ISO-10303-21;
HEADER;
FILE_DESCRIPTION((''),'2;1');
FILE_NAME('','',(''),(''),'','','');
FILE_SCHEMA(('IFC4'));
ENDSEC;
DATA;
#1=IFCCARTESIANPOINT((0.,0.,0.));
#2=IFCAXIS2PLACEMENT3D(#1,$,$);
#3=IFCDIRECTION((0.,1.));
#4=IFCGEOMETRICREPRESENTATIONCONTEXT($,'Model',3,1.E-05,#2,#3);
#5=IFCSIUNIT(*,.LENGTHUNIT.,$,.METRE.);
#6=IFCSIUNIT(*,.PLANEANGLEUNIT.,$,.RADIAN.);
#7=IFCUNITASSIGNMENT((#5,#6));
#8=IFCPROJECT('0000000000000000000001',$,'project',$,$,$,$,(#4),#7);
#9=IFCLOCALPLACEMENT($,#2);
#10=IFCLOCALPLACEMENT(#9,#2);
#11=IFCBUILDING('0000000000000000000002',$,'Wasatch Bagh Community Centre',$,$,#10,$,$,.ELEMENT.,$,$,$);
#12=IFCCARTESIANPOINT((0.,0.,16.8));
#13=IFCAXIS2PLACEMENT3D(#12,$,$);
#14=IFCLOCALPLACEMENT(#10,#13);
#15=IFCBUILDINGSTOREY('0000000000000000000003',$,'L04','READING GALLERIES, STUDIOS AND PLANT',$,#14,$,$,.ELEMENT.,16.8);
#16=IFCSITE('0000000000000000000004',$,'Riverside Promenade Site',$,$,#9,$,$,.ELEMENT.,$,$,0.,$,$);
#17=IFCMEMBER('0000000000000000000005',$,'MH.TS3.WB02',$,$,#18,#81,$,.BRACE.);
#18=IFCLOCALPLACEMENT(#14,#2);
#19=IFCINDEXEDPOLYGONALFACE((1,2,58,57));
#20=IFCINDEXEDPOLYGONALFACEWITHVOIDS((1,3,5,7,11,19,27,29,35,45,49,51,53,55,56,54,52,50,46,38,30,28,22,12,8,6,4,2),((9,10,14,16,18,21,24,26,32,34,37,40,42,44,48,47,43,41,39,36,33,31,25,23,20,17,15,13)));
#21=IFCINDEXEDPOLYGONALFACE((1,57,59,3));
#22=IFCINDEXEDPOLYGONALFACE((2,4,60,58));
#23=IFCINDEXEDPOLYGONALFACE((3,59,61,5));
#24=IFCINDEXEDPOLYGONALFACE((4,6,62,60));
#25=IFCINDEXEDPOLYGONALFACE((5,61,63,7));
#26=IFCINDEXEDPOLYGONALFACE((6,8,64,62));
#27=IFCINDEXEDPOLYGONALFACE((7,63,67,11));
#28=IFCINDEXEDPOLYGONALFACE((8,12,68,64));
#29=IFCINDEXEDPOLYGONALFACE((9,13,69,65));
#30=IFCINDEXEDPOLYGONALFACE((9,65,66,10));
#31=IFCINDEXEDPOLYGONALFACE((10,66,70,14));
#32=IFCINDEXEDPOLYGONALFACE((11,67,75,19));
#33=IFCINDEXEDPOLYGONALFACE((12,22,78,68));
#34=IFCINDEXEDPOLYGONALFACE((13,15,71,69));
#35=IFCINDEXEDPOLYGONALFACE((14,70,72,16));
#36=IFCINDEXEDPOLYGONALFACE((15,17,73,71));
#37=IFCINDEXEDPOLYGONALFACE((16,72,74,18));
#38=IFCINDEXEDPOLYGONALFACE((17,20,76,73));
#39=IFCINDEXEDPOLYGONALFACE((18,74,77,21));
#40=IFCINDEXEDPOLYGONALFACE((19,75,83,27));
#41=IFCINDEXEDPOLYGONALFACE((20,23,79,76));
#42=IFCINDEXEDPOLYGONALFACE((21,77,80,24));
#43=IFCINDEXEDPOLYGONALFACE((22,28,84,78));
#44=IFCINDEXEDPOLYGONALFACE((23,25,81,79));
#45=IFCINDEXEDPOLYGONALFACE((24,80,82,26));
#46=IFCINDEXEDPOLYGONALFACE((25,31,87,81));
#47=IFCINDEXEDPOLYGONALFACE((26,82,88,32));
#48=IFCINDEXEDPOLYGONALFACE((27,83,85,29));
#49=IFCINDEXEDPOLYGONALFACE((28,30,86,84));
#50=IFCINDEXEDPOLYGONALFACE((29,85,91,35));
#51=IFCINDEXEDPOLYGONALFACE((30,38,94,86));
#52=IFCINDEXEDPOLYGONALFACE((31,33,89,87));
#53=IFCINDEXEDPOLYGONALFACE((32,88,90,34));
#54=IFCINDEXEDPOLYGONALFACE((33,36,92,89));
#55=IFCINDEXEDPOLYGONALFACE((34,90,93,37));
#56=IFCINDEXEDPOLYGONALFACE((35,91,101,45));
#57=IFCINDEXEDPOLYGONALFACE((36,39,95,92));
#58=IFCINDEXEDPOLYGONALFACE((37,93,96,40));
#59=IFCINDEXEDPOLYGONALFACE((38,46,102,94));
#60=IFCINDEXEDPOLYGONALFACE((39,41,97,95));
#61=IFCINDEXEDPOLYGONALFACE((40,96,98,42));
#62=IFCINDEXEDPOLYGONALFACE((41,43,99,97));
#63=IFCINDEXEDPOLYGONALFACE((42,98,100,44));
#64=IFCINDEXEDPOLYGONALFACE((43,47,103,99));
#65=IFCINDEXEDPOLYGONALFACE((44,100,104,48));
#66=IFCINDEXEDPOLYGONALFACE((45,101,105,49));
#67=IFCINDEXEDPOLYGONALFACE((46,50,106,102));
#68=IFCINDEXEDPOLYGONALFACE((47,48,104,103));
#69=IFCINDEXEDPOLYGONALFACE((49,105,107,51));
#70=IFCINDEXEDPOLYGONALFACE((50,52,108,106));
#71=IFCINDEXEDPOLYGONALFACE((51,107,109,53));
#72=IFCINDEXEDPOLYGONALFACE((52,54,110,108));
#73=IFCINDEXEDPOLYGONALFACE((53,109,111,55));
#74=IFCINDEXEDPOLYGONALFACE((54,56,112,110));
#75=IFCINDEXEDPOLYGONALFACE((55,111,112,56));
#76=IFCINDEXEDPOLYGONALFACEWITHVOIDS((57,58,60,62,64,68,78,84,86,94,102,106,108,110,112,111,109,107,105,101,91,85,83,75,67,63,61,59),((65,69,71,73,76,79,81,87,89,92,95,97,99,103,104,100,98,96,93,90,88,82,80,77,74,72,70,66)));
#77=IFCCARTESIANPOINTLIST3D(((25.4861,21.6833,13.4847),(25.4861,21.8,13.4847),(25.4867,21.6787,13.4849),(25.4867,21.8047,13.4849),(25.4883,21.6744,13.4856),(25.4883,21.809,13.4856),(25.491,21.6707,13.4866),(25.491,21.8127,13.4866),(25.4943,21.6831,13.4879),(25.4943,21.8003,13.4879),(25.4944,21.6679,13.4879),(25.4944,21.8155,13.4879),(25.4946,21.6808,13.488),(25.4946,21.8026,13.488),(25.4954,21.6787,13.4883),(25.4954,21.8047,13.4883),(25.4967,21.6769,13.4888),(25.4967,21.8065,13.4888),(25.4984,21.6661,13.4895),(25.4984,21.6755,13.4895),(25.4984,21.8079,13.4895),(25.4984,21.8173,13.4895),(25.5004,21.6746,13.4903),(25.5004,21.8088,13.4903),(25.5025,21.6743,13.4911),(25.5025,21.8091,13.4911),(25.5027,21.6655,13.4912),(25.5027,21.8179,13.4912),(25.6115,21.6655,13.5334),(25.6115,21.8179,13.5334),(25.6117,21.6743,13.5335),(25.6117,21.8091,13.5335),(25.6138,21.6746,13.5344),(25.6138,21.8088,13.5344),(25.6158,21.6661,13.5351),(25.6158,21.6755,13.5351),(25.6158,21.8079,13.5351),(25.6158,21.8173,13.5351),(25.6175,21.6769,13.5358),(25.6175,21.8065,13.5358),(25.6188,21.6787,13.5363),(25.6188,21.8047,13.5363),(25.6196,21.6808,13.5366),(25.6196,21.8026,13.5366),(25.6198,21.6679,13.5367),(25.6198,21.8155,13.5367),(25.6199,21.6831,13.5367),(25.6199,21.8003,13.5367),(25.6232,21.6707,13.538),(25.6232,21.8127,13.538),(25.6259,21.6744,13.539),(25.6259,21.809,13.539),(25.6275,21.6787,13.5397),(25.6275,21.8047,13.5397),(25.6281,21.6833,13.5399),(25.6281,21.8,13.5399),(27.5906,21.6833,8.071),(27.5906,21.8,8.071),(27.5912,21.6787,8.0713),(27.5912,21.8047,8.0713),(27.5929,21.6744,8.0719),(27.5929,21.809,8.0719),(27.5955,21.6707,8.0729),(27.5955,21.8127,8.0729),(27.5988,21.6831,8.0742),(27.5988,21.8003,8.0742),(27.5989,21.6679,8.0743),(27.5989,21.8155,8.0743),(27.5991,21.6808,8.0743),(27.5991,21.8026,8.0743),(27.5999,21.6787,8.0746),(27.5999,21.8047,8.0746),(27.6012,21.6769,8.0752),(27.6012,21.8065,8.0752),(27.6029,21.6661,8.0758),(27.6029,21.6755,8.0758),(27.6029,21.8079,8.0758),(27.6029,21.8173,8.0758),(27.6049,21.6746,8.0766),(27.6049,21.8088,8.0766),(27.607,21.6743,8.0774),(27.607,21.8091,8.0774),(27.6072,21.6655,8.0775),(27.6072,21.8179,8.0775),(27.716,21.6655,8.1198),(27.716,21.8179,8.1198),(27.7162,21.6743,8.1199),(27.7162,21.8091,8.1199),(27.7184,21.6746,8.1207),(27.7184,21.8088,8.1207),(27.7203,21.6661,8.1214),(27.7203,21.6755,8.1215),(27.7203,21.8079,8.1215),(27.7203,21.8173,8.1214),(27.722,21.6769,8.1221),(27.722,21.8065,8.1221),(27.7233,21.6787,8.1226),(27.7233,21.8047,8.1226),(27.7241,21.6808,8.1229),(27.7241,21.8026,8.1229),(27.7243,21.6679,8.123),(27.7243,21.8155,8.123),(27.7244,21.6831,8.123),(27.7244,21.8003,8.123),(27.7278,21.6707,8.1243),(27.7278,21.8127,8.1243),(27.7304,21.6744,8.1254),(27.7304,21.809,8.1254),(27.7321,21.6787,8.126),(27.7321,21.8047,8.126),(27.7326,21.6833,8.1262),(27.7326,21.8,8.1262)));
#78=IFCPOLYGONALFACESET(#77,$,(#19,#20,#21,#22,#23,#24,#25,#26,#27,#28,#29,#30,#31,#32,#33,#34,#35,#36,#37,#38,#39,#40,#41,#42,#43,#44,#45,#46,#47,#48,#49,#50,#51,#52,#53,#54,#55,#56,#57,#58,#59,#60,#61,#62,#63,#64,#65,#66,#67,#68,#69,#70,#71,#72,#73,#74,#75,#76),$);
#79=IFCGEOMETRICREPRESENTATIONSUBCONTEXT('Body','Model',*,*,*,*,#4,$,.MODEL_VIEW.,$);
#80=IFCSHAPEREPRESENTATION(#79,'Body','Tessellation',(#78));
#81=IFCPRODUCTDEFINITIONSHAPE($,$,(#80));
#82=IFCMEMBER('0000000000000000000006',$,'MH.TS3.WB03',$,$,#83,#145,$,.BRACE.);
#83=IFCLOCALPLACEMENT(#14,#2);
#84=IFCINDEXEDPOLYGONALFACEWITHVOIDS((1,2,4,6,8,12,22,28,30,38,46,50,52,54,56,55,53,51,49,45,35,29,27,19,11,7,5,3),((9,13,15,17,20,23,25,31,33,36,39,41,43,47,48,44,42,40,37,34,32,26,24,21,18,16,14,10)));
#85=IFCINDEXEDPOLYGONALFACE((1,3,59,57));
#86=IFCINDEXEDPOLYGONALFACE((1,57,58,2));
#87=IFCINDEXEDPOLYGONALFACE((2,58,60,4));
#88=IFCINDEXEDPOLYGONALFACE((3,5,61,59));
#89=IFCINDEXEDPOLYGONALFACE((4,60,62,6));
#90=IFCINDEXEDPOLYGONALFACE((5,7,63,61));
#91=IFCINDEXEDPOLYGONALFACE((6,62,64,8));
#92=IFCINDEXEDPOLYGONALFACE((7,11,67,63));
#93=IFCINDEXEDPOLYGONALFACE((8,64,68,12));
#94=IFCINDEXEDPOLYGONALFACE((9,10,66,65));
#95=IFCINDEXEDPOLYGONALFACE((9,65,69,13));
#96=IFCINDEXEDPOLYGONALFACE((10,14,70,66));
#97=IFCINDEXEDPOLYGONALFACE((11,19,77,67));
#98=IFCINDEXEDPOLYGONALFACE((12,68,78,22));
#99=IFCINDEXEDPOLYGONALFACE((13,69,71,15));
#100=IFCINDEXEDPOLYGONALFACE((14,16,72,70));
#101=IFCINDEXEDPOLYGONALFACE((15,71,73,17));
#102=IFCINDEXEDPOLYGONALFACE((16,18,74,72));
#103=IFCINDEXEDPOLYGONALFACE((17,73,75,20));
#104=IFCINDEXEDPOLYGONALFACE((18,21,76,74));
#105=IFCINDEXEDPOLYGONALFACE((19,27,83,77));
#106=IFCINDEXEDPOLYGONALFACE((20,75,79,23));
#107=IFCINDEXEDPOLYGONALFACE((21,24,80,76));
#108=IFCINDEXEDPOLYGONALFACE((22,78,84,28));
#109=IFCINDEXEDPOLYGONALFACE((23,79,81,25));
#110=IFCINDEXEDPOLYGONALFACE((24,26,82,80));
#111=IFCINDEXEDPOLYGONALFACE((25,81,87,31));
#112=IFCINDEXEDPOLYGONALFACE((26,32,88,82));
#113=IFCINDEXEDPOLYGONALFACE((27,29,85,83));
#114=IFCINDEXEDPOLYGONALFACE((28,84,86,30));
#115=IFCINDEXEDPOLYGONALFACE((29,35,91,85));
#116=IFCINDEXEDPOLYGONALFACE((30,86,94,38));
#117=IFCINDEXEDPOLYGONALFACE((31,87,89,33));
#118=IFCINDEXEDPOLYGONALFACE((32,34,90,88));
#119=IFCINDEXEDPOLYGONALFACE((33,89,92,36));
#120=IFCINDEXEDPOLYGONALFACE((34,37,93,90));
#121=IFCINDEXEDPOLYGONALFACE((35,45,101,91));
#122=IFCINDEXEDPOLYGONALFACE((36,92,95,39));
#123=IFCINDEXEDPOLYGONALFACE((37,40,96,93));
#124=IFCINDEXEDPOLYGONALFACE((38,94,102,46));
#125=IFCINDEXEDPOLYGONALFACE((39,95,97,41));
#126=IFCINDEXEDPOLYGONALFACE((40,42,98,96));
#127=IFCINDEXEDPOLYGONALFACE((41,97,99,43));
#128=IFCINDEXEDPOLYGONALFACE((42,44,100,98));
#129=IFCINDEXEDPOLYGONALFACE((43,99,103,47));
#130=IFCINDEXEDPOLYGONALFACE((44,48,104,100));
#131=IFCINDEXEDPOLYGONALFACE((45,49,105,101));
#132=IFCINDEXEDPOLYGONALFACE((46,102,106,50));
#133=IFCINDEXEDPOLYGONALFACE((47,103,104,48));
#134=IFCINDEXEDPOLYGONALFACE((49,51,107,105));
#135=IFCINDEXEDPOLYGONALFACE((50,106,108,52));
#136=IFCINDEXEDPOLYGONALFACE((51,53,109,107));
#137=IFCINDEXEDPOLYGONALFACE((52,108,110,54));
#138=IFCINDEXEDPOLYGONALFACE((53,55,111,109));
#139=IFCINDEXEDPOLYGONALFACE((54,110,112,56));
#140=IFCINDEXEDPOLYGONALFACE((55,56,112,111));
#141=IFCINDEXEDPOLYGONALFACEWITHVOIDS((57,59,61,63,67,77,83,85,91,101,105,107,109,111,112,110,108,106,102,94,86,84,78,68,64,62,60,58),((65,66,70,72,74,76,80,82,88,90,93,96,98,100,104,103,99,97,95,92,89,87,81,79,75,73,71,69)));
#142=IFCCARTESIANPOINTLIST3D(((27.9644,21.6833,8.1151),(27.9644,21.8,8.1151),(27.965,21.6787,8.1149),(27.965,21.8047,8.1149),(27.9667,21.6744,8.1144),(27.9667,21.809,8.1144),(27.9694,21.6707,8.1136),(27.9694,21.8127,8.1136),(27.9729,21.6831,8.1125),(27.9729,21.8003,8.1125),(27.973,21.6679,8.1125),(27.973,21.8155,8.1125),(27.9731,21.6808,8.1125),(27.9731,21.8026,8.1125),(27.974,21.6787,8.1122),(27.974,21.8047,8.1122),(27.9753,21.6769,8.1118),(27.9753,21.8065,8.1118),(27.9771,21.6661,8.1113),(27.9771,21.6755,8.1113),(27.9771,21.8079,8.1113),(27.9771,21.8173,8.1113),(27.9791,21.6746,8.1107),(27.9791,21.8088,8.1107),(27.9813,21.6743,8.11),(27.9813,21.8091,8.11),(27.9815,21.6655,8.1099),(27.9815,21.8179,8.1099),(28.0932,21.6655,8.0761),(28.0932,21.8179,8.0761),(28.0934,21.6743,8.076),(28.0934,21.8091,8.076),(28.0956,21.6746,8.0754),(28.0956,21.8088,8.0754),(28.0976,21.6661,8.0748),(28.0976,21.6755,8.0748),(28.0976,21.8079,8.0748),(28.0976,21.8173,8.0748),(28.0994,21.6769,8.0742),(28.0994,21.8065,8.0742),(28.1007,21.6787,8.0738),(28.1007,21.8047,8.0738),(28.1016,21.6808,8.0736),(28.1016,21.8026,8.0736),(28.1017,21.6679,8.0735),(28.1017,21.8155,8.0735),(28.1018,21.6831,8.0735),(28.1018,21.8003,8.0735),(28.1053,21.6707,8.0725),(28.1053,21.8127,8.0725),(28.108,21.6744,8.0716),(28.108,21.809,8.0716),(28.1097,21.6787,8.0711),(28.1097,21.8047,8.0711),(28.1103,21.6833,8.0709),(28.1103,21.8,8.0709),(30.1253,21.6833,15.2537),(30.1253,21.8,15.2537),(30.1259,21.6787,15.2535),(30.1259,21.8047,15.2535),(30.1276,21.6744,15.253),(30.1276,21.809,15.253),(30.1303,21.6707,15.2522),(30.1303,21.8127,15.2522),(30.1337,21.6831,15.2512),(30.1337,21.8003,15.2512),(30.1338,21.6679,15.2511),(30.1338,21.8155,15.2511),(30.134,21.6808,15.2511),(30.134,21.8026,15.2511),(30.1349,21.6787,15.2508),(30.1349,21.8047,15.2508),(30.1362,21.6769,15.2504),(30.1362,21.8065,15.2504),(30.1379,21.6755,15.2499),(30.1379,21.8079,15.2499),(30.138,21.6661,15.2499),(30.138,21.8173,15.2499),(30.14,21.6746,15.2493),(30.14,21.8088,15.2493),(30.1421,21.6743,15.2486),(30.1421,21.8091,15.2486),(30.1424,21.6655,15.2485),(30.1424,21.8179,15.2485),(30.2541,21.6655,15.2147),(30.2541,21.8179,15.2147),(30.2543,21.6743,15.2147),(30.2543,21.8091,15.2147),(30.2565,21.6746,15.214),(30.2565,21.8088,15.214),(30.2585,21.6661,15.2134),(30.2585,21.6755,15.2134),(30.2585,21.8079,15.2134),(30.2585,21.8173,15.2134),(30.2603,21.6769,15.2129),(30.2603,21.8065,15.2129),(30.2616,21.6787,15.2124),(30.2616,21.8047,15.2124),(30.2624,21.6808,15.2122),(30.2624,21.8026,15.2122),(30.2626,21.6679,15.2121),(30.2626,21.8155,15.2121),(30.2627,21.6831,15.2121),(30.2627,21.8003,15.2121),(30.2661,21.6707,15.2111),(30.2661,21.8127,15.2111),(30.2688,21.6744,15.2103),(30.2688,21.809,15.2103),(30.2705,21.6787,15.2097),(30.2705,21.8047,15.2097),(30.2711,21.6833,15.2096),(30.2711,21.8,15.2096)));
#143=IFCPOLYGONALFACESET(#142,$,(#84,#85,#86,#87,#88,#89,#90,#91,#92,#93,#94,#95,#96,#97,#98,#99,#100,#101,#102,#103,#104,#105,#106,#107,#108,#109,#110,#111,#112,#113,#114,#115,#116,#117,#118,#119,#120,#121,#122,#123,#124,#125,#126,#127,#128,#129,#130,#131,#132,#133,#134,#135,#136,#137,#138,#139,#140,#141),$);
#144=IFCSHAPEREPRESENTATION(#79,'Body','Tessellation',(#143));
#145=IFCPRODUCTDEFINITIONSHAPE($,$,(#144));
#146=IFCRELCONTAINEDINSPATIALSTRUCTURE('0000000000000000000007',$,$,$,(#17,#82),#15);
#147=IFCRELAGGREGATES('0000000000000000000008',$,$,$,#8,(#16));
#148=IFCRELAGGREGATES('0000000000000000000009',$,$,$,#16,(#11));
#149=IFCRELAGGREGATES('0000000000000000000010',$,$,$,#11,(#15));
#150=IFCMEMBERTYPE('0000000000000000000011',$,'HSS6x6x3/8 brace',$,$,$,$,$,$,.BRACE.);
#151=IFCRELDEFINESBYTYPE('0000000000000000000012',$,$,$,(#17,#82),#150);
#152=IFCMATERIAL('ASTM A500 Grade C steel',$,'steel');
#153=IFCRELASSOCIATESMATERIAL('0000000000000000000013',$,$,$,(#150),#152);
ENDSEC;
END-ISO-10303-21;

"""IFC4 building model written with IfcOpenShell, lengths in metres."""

from ifc_helpers import new_model, si_unit, direction, frame, origin, origin_2d, place, context, subcontext, project, spatial, hollow_rectangle, extrude, material, material_profile, profile_set, type_object, element, save


model = new_model("IFC4")

# Units and contexts
model_context = context("Model", 3, precision=1e-05, world=origin(), true_north=direction((0.0, 1.0)))
body_context = subcontext(model_context, "Body", "Model", "MODEL_VIEW")
ifc_project = project(units=[si_unit("LENGTHUNIT", "METRE"), si_unit("PLANEANGLEUNIT", "RADIAN")], contexts=[model_context])

# Site, building, storey
site_placement = place(None, origin())
site = spatial("IfcSite", under=ifc_project, at=site_placement, Name="Riverside Promenade Site", CompositionType="ELEMENT", RefElevation=0.0)
building_placement = place(site_placement, origin())
building = spatial("IfcBuilding", under=site, at=building_placement, Name="Wasatch Bagh Community Centre", CompositionType="ELEMENT")
storey_placement = place(building_placement, frame((0.0, 0.0, 16.8)))
storey = spatial("IfcBuildingStorey", under=building, at=storey_placement, Name="L04", Description="READING GALLERIES, STUDIOS AND PLANT", CompositionType="ELEMENT", Elevation=16.8)

# Members
ifc_material_1 = material(Name="ASTM A500 Grade C steel", Category="steel")
ifc_material_profile_1 = material_profile(ifc_material_1, hollow_rectangle(XDim=0.1523, YDim=0.1523, WallThickness=0.0088, InnerFilletRadius=0.0088, OuterFilletRadius=0.0178, at=origin_2d()), Name="HSS6x6x3/8")
ifc_profile_set_1 = profile_set([ifc_material_profile_1], Name="ASTM A500 Grade C steel")
member_type_1 = type_object("IfcMemberType", Name="HSS6x6x3/8 brace", PredefinedType="BRACE", material=ifc_profile_set_1)
member_1_placement = place(storey_placement, frame((27.6616, 21.7417, 8.0986), z_axis=(-0.362329, 0.0, 0.93205), x_axis=(0.0, -1.0, 0.0)))
element("IfcMember", 1, at=member_1_placement, inside=storey, type_object=member_type_1, Name="MH.TS3.WB02", PredefinedType="BRACE", context=body_context, shape_type="SweptSolid", body=[
    extrude(hollow_rectangle(XDim=0.1523, YDim=0.1523, WallThickness=0.0088, InnerFilletRadius=0.0088, OuterFilletRadius=0.0178, at=origin_2d()), origin(), (0.0, 0.0, 1.0), 5.8083),
])
member_2_placement = place(storey_placement, frame((28.0374, 21.7417, 8.093), z_axis=(0.289719, 0.0, 0.957112), x_axis=(0.0, 1.0, 0.0)))
element("IfcMember", 2, at=member_2_placement, inside=storey, type_object=member_type_1, Name="MH.TS3.WB03", PredefinedType="BRACE", context=body_context, shape_type="SweptSolid", body=[
    extrude(hollow_rectangle(XDim=0.1523, YDim=0.1523, WallThickness=0.0088, InnerFilletRadius=0.0088, OuterFilletRadius=0.0178, at=origin_2d()), origin(), (0.0, 0.0, 1.0), 7.4585),
])

save(model, "model.ifc")
